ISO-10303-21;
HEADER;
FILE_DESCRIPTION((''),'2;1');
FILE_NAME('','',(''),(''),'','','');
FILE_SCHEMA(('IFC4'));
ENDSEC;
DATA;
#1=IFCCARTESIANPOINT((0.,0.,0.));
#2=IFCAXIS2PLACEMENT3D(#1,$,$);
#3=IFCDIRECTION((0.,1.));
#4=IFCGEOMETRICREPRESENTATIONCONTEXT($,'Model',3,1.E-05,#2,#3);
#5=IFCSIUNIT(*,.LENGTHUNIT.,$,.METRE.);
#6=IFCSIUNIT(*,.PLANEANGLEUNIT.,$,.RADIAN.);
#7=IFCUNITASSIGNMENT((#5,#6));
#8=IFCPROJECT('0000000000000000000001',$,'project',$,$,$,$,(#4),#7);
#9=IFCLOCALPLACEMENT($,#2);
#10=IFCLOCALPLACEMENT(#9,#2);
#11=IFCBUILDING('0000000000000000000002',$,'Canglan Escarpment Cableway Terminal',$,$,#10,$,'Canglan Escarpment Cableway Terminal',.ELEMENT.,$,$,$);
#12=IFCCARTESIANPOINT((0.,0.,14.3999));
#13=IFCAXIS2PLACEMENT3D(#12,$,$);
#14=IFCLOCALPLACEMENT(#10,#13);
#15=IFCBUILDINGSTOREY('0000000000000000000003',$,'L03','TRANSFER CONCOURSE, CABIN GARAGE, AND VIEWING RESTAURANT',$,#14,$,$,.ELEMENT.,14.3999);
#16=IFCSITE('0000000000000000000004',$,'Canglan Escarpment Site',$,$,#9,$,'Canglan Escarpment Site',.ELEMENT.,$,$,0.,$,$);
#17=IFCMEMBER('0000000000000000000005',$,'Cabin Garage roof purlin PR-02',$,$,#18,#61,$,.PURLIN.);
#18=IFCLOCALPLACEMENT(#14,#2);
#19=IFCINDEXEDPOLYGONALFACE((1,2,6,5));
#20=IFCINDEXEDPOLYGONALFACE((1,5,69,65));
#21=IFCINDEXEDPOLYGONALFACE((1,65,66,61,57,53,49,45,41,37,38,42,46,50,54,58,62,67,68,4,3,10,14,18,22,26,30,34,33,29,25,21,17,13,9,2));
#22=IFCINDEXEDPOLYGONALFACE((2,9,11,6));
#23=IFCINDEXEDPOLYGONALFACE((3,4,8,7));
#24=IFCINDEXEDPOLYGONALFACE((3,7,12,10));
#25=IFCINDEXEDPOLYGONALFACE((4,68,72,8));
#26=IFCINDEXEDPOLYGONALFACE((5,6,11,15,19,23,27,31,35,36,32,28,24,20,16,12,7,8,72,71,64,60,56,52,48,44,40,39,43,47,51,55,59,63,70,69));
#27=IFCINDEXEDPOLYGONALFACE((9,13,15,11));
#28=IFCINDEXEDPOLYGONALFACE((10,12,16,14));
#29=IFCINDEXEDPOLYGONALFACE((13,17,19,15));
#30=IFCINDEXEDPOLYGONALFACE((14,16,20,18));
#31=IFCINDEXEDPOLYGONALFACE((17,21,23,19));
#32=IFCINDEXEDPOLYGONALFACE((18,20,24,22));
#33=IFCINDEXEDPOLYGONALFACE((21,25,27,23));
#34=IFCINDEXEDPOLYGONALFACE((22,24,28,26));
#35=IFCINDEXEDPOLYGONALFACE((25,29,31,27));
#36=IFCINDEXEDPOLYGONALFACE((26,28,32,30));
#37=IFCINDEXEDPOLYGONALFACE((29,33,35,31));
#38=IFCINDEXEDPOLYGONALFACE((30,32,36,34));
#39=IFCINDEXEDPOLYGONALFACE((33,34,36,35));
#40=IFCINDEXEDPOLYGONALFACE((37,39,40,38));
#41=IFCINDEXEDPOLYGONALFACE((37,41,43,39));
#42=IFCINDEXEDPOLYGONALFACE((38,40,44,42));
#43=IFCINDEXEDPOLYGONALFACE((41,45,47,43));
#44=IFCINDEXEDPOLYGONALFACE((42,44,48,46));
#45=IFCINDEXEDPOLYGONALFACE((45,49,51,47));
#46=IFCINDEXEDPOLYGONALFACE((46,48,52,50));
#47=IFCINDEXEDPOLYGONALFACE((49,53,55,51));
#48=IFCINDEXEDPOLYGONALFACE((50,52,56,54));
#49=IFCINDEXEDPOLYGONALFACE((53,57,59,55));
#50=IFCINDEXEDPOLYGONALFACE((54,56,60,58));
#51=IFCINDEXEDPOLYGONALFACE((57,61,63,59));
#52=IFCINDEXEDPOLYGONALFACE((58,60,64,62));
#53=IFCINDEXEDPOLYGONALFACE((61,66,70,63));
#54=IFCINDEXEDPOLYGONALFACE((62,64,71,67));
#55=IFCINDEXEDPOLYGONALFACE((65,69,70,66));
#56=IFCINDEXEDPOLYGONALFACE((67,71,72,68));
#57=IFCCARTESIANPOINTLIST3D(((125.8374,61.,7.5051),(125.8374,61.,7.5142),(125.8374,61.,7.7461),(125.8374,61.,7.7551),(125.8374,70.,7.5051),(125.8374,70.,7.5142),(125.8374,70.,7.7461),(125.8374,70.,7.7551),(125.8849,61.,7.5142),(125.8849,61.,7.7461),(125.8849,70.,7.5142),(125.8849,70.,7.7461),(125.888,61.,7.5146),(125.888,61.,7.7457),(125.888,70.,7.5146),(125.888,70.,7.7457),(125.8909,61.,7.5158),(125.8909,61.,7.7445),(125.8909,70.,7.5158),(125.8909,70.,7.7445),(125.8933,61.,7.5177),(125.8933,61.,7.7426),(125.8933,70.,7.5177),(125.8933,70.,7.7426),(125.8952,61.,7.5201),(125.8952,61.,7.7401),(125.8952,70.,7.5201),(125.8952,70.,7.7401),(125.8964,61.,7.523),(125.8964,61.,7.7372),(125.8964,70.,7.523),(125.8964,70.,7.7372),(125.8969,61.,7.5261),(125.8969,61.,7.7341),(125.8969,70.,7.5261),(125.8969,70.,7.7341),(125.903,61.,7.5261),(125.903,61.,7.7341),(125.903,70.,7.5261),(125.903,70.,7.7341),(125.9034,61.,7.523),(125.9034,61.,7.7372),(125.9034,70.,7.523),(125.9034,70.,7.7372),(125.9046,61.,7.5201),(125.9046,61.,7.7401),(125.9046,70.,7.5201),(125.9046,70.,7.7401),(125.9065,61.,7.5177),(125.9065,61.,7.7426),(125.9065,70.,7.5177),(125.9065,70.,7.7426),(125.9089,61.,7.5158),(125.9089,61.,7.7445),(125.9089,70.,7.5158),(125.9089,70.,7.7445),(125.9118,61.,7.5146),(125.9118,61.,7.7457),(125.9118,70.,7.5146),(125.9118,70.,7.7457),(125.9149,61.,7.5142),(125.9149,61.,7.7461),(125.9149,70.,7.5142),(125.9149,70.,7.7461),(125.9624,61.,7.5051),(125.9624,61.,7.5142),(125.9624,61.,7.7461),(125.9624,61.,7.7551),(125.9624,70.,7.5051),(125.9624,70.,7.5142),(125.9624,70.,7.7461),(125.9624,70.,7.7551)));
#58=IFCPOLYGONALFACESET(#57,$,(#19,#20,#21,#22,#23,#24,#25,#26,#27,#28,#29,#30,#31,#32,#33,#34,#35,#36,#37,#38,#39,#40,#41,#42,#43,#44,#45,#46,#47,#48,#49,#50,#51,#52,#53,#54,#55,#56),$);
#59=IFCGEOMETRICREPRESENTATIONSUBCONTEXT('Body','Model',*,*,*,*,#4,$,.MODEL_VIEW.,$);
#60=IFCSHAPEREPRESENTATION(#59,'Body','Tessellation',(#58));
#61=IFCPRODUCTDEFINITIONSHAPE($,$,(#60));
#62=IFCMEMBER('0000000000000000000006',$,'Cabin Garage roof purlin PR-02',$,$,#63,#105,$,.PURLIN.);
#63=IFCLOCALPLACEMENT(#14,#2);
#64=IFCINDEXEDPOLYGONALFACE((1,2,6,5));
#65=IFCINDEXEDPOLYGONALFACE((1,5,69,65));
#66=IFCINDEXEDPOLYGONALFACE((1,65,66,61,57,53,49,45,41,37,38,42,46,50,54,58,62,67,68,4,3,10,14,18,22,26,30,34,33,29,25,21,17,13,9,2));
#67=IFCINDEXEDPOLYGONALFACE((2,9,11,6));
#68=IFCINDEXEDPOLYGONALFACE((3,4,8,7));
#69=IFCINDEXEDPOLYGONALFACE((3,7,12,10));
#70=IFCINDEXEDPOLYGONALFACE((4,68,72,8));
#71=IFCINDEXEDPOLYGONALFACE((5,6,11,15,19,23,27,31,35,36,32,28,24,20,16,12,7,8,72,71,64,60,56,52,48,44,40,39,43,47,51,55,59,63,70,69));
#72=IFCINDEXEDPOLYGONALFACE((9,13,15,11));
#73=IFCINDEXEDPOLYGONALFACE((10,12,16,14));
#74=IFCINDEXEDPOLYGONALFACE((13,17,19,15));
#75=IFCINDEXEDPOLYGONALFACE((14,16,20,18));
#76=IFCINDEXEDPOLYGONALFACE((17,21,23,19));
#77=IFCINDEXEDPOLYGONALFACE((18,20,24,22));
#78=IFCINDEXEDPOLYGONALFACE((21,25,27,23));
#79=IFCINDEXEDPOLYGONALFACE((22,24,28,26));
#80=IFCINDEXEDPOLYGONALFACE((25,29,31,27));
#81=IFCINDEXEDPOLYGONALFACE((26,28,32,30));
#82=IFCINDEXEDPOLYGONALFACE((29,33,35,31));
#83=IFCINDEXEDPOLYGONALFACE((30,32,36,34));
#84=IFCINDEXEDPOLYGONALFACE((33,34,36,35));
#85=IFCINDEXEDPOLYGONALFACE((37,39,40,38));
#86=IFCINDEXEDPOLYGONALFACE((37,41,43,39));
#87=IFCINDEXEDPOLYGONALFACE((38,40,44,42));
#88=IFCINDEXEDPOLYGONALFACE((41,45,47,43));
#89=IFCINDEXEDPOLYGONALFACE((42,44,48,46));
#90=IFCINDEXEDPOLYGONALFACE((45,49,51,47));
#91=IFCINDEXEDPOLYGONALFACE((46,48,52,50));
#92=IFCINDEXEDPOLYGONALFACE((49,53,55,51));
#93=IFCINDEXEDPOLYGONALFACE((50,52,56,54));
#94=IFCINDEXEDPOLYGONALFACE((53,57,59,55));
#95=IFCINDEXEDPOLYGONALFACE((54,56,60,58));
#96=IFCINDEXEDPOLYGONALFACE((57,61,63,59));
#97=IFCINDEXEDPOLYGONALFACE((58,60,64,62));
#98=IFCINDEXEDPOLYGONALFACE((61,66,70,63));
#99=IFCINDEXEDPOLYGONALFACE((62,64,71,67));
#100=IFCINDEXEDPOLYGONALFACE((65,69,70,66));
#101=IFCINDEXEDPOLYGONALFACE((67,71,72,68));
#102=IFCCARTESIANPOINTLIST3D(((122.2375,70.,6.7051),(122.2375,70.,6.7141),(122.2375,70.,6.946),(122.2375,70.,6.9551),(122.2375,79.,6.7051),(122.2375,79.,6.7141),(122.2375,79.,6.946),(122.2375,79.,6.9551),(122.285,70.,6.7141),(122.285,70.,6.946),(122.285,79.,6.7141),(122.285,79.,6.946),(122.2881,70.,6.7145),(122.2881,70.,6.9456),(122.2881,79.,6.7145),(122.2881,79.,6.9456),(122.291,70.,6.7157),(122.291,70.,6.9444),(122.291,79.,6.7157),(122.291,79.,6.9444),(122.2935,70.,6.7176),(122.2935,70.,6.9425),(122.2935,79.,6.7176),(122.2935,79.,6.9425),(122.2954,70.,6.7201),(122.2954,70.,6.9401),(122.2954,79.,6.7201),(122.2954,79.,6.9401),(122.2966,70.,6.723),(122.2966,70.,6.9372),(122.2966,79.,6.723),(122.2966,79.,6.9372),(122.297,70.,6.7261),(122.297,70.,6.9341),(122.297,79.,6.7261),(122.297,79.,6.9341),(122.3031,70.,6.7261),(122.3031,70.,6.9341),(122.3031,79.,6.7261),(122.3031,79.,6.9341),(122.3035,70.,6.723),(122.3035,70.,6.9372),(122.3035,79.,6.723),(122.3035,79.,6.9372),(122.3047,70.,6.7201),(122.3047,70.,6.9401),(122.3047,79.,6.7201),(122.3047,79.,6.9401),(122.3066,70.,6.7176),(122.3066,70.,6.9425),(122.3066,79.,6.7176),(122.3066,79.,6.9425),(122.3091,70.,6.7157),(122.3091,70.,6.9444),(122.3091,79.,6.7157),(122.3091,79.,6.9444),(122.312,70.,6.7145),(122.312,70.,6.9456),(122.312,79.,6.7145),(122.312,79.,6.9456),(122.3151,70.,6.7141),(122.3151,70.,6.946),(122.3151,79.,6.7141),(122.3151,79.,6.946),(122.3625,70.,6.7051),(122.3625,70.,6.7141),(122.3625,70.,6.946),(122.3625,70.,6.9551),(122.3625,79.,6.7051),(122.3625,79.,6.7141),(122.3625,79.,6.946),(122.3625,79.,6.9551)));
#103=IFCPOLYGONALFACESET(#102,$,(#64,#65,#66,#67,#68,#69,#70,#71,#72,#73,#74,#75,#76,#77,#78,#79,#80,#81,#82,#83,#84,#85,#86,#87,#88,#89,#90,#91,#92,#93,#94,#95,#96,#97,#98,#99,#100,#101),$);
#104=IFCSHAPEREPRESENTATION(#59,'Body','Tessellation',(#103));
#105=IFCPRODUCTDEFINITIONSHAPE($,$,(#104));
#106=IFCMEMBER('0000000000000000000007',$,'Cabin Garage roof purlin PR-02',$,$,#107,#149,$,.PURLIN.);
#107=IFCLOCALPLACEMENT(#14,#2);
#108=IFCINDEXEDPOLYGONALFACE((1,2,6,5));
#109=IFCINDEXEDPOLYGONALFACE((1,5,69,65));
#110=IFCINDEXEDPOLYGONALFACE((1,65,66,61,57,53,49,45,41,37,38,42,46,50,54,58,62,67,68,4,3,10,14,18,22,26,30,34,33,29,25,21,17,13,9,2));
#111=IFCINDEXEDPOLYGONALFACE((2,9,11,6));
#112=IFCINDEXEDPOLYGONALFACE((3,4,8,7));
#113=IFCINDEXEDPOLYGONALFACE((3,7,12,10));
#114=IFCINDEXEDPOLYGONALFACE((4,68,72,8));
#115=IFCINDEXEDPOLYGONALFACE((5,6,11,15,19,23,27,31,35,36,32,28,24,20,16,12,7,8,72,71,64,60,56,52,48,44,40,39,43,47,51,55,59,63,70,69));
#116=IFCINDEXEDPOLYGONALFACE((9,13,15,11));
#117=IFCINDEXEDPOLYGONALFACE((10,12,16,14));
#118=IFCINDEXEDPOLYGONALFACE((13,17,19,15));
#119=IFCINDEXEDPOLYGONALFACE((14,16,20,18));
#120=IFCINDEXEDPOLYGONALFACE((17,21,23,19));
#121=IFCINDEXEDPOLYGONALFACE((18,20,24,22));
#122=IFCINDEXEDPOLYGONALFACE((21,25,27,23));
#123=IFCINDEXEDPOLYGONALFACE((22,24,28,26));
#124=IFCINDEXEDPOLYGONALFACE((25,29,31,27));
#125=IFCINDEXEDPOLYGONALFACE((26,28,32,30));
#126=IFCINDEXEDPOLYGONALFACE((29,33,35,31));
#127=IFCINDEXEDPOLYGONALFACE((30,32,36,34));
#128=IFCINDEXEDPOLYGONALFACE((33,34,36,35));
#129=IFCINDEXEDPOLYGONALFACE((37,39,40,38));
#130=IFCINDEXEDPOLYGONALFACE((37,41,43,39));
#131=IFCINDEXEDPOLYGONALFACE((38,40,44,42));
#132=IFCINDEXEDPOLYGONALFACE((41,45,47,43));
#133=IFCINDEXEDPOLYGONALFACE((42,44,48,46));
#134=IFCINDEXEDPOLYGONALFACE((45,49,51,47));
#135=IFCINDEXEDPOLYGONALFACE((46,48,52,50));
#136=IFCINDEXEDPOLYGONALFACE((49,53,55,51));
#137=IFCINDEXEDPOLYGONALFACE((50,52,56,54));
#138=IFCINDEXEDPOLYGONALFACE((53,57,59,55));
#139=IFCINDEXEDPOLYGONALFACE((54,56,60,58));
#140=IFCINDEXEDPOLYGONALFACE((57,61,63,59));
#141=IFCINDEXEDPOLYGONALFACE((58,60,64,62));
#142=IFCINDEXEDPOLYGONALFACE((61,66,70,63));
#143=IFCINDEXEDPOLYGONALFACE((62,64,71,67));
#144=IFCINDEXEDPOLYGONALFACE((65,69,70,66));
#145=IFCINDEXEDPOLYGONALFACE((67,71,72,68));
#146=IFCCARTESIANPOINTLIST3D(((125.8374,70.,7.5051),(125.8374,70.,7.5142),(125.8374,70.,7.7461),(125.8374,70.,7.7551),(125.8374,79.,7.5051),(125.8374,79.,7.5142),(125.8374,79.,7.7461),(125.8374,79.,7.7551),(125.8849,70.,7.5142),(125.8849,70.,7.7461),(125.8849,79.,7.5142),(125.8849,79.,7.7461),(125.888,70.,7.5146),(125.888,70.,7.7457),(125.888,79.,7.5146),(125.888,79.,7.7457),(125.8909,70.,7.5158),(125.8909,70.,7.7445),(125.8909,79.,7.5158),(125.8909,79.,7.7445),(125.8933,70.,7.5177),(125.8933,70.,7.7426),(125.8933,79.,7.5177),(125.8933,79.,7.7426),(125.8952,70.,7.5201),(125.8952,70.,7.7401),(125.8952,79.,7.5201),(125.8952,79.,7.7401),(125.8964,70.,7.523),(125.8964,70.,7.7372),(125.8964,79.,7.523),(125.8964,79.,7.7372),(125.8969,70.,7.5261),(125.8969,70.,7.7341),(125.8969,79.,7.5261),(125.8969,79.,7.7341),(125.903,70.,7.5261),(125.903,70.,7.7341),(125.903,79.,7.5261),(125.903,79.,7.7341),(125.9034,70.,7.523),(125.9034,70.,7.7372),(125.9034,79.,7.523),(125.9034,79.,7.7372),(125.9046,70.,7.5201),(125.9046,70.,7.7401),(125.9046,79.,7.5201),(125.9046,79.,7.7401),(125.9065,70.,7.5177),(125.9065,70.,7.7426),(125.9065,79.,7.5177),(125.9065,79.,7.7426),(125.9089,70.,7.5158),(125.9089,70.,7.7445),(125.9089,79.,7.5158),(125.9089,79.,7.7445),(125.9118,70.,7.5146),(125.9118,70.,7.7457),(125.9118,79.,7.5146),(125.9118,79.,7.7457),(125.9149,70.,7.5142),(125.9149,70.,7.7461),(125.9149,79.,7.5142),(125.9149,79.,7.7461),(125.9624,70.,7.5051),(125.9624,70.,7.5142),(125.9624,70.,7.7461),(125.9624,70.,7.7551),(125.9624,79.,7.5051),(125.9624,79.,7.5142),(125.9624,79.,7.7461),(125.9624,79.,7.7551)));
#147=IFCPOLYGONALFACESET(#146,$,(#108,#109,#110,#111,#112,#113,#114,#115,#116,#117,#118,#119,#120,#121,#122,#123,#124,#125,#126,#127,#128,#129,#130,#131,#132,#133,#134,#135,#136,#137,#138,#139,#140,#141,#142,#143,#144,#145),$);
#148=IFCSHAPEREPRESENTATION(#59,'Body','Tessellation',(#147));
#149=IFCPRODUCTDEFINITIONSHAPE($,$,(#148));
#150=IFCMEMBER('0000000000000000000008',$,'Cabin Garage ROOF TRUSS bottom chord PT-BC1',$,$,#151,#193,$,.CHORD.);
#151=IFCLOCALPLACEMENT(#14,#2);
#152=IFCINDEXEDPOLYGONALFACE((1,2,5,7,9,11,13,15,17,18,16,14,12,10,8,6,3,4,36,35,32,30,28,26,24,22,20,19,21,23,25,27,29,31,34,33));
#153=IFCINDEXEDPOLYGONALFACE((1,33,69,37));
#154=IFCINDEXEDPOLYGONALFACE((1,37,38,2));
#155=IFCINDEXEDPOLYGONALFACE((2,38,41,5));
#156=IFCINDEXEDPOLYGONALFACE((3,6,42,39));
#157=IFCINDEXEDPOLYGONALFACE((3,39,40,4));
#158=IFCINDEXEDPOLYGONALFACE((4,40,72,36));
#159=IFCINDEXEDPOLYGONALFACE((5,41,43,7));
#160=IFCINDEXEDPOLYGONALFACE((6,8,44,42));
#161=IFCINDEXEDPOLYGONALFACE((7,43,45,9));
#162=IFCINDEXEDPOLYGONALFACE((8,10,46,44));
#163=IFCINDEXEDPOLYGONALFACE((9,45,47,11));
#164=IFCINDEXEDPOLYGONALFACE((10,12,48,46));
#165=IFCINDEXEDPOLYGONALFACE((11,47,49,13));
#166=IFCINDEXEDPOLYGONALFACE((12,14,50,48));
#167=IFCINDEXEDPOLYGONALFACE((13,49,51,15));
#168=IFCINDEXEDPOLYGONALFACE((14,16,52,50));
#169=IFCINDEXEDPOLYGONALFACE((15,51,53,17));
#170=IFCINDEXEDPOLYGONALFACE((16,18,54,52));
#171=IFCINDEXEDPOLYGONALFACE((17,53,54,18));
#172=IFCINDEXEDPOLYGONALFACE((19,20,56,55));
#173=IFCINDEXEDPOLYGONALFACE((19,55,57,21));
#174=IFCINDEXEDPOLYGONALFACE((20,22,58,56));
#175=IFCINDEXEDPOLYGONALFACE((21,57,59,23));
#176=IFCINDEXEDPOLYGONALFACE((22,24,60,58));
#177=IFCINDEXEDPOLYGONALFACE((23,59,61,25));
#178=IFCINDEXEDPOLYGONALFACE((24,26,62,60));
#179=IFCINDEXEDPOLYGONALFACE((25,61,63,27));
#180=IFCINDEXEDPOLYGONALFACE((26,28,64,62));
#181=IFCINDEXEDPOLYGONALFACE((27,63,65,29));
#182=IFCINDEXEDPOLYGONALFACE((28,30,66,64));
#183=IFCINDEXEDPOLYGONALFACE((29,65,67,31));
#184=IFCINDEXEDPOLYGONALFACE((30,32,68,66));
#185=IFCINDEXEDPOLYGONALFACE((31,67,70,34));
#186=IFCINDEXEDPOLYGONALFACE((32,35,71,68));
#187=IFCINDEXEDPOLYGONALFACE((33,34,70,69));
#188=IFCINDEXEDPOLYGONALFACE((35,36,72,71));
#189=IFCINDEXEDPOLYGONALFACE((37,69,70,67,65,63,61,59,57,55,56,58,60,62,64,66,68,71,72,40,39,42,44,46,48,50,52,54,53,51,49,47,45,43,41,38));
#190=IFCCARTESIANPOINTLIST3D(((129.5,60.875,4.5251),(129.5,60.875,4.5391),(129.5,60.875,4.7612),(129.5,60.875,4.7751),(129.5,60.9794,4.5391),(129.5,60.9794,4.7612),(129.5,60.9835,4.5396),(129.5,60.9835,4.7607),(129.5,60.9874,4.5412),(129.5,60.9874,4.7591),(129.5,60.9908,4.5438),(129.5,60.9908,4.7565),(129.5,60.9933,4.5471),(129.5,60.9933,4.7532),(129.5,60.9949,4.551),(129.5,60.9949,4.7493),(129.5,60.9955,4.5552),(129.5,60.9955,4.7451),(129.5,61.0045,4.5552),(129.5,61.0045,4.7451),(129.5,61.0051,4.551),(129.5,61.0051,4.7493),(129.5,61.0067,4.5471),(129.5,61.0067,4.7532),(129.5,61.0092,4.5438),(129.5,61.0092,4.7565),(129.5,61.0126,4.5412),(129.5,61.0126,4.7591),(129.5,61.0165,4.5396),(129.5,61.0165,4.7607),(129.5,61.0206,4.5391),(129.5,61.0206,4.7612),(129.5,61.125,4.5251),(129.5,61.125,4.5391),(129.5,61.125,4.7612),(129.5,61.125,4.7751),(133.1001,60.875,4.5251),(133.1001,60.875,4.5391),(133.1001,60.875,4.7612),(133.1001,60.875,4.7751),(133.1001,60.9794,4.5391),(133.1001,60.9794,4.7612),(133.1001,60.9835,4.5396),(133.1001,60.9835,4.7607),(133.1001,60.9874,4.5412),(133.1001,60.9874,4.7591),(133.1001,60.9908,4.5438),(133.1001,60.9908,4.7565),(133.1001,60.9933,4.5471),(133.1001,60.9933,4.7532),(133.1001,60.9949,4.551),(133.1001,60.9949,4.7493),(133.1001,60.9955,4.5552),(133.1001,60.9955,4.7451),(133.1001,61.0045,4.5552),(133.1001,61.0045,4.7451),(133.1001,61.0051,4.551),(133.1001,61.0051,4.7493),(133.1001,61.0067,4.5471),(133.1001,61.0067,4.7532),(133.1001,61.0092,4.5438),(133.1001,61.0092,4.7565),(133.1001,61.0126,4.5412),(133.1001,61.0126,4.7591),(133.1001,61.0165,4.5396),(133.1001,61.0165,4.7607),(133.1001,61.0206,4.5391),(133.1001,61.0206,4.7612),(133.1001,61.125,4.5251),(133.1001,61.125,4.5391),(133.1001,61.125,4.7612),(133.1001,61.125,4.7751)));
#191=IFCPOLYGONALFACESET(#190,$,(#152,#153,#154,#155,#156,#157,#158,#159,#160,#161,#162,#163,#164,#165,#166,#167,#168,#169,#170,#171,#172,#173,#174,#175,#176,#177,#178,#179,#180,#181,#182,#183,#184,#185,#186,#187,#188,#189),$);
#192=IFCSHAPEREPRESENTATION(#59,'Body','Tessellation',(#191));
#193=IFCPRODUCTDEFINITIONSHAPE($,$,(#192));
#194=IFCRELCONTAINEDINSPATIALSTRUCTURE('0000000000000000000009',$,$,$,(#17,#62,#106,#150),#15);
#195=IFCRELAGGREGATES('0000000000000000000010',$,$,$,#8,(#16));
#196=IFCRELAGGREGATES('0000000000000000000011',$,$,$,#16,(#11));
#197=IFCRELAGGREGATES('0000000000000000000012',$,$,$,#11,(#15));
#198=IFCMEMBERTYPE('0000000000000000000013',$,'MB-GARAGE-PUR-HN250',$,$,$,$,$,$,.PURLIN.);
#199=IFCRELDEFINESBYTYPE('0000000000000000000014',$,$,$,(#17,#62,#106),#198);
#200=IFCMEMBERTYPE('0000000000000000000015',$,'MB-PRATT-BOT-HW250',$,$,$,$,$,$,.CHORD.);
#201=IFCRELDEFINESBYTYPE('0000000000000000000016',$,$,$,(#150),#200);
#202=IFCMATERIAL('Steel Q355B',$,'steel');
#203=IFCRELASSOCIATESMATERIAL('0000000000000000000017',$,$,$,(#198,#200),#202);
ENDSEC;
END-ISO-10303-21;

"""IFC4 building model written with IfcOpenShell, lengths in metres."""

from ifc_helpers import new_model, si_unit, direction, frame, origin, origin_2d, place, context, subcontext, project, spatial, i_section, extrude, material, material_profile, profile_set, type_object, element, save


model = new_model("IFC4")

# Units and contexts
model_context = context("Model", 3, precision=1e-05, world=origin(), true_north=direction((0.0, 1.0)))
body_context = subcontext(model_context, "Body", "Model", "MODEL_VIEW")
ifc_project = project(units=[si_unit("LENGTHUNIT", "METRE"), si_unit("PLANEANGLEUNIT", "RADIAN")], contexts=[model_context])

# Site, building, storey
site_placement = place(None, origin())
site = spatial("IfcSite", under=ifc_project, at=site_placement, Name="Canglan Escarpment Site", LongName="Canglan Escarpment Site", CompositionType="ELEMENT", RefElevation=0.0)
building_placement = place(site_placement, origin())
building = spatial("IfcBuilding", under=site, at=building_placement, Name="Canglan Escarpment Cableway Terminal", LongName="Canglan Escarpment Cableway Terminal", CompositionType="ELEMENT")
storey_placement = place(building_placement, frame((0.0, 0.0, 14.3999)))
storey = spatial("IfcBuildingStorey", under=building, at=storey_placement, Name="L03", Description="TRANSFER CONCOURSE, CABIN GARAGE, AND VIEWING RESTAURANT", CompositionType="ELEMENT", Elevation=14.3999)

# Shared definitions
ifc_material_1 = material(Name="Steel Q355B", Category="steel")

# Members
ifc_material_profile_1 = material_profile(ifc_material_1, i_section(OverallWidth=0.125, OverallDepth=0.25, WebThickness=0.0061, FlangeThickness=0.009, FilletRadius=0.012, at=origin_2d()), Name="HN 250x125x6x9")
ifc_profile_set_1 = profile_set([ifc_material_profile_1], Name="Steel Q355B")
member_type_1 = type_object("IfcMemberType", Name="MB-GARAGE-PUR-HN250", PredefinedType="PURLIN", material=ifc_profile_set_1)
for number, where, z_axis, x_axis, name in (
    (1, (125.8999, 61.0, 7.6301), (0.0, 1.0, 0.0), (-1.0, 0.0, 0.0), "Cabin Garage roof purlin PR-02"),
    (2, (122.3, 70.0, 6.8301), (0.0, 1.0, 0.0), (-1.0, 0.0, 0.0), "Cabin Garage roof purlin PR-02"),
    (3, (125.8999, 70.0, 7.6301), (0.0, 1.0, 0.0), (-1.0, 0.0, 0.0), "Cabin Garage roof purlin PR-02"),
):
    element("IfcMember", number, at=place(storey_placement, frame(where, z_axis=z_axis, x_axis=x_axis)), inside=storey, type_object=member_type_1, Name=name, PredefinedType="PURLIN", context=body_context, shape_type="SweptSolid", body=[
        extrude(i_section(OverallWidth=0.125, OverallDepth=0.25, WebThickness=0.0061, FlangeThickness=0.009, FilletRadius=0.012, at=origin_2d()), origin(), (0.0, 0.0, 1.0), 9.0),
    ])
ifc_material_profile_2 = material_profile(ifc_material_1, i_section(OverallWidth=0.25, OverallDepth=0.25, WebThickness=0.009, FlangeThickness=0.0139, FilletRadius=0.0161, at=origin_2d()), Name="HW 250x250x9x14")
ifc_profile_set_2 = profile_set([ifc_material_profile_2], Name="Steel Q355B")
member_type_2 = type_object("IfcMemberType", Name="MB-PRATT-BOT-HW250", PredefinedType="CHORD", material=ifc_profile_set_2)
member_1_placement = place(storey_placement, frame((129.5, 61.0, 4.6501), z_axis=(1.0, 0.0, 0.0), x_axis=(0.0, 1.0, 0.0)))
element("IfcMember", 4, at=member_1_placement, inside=storey, type_object=member_type_2, Name="Cabin Garage ROOF TRUSS bottom chord PT-BC1", PredefinedType="CHORD", context=body_context, shape_type="SweptSolid", body=[
    extrude(i_section(OverallWidth=0.25, OverallDepth=0.25, WebThickness=0.009, FlangeThickness=0.0139, FilletRadius=0.0161, at=origin_2d()), origin(), (0.0, 0.0, 1.0), 3.6001),
])

save(model, "model.ifc")
